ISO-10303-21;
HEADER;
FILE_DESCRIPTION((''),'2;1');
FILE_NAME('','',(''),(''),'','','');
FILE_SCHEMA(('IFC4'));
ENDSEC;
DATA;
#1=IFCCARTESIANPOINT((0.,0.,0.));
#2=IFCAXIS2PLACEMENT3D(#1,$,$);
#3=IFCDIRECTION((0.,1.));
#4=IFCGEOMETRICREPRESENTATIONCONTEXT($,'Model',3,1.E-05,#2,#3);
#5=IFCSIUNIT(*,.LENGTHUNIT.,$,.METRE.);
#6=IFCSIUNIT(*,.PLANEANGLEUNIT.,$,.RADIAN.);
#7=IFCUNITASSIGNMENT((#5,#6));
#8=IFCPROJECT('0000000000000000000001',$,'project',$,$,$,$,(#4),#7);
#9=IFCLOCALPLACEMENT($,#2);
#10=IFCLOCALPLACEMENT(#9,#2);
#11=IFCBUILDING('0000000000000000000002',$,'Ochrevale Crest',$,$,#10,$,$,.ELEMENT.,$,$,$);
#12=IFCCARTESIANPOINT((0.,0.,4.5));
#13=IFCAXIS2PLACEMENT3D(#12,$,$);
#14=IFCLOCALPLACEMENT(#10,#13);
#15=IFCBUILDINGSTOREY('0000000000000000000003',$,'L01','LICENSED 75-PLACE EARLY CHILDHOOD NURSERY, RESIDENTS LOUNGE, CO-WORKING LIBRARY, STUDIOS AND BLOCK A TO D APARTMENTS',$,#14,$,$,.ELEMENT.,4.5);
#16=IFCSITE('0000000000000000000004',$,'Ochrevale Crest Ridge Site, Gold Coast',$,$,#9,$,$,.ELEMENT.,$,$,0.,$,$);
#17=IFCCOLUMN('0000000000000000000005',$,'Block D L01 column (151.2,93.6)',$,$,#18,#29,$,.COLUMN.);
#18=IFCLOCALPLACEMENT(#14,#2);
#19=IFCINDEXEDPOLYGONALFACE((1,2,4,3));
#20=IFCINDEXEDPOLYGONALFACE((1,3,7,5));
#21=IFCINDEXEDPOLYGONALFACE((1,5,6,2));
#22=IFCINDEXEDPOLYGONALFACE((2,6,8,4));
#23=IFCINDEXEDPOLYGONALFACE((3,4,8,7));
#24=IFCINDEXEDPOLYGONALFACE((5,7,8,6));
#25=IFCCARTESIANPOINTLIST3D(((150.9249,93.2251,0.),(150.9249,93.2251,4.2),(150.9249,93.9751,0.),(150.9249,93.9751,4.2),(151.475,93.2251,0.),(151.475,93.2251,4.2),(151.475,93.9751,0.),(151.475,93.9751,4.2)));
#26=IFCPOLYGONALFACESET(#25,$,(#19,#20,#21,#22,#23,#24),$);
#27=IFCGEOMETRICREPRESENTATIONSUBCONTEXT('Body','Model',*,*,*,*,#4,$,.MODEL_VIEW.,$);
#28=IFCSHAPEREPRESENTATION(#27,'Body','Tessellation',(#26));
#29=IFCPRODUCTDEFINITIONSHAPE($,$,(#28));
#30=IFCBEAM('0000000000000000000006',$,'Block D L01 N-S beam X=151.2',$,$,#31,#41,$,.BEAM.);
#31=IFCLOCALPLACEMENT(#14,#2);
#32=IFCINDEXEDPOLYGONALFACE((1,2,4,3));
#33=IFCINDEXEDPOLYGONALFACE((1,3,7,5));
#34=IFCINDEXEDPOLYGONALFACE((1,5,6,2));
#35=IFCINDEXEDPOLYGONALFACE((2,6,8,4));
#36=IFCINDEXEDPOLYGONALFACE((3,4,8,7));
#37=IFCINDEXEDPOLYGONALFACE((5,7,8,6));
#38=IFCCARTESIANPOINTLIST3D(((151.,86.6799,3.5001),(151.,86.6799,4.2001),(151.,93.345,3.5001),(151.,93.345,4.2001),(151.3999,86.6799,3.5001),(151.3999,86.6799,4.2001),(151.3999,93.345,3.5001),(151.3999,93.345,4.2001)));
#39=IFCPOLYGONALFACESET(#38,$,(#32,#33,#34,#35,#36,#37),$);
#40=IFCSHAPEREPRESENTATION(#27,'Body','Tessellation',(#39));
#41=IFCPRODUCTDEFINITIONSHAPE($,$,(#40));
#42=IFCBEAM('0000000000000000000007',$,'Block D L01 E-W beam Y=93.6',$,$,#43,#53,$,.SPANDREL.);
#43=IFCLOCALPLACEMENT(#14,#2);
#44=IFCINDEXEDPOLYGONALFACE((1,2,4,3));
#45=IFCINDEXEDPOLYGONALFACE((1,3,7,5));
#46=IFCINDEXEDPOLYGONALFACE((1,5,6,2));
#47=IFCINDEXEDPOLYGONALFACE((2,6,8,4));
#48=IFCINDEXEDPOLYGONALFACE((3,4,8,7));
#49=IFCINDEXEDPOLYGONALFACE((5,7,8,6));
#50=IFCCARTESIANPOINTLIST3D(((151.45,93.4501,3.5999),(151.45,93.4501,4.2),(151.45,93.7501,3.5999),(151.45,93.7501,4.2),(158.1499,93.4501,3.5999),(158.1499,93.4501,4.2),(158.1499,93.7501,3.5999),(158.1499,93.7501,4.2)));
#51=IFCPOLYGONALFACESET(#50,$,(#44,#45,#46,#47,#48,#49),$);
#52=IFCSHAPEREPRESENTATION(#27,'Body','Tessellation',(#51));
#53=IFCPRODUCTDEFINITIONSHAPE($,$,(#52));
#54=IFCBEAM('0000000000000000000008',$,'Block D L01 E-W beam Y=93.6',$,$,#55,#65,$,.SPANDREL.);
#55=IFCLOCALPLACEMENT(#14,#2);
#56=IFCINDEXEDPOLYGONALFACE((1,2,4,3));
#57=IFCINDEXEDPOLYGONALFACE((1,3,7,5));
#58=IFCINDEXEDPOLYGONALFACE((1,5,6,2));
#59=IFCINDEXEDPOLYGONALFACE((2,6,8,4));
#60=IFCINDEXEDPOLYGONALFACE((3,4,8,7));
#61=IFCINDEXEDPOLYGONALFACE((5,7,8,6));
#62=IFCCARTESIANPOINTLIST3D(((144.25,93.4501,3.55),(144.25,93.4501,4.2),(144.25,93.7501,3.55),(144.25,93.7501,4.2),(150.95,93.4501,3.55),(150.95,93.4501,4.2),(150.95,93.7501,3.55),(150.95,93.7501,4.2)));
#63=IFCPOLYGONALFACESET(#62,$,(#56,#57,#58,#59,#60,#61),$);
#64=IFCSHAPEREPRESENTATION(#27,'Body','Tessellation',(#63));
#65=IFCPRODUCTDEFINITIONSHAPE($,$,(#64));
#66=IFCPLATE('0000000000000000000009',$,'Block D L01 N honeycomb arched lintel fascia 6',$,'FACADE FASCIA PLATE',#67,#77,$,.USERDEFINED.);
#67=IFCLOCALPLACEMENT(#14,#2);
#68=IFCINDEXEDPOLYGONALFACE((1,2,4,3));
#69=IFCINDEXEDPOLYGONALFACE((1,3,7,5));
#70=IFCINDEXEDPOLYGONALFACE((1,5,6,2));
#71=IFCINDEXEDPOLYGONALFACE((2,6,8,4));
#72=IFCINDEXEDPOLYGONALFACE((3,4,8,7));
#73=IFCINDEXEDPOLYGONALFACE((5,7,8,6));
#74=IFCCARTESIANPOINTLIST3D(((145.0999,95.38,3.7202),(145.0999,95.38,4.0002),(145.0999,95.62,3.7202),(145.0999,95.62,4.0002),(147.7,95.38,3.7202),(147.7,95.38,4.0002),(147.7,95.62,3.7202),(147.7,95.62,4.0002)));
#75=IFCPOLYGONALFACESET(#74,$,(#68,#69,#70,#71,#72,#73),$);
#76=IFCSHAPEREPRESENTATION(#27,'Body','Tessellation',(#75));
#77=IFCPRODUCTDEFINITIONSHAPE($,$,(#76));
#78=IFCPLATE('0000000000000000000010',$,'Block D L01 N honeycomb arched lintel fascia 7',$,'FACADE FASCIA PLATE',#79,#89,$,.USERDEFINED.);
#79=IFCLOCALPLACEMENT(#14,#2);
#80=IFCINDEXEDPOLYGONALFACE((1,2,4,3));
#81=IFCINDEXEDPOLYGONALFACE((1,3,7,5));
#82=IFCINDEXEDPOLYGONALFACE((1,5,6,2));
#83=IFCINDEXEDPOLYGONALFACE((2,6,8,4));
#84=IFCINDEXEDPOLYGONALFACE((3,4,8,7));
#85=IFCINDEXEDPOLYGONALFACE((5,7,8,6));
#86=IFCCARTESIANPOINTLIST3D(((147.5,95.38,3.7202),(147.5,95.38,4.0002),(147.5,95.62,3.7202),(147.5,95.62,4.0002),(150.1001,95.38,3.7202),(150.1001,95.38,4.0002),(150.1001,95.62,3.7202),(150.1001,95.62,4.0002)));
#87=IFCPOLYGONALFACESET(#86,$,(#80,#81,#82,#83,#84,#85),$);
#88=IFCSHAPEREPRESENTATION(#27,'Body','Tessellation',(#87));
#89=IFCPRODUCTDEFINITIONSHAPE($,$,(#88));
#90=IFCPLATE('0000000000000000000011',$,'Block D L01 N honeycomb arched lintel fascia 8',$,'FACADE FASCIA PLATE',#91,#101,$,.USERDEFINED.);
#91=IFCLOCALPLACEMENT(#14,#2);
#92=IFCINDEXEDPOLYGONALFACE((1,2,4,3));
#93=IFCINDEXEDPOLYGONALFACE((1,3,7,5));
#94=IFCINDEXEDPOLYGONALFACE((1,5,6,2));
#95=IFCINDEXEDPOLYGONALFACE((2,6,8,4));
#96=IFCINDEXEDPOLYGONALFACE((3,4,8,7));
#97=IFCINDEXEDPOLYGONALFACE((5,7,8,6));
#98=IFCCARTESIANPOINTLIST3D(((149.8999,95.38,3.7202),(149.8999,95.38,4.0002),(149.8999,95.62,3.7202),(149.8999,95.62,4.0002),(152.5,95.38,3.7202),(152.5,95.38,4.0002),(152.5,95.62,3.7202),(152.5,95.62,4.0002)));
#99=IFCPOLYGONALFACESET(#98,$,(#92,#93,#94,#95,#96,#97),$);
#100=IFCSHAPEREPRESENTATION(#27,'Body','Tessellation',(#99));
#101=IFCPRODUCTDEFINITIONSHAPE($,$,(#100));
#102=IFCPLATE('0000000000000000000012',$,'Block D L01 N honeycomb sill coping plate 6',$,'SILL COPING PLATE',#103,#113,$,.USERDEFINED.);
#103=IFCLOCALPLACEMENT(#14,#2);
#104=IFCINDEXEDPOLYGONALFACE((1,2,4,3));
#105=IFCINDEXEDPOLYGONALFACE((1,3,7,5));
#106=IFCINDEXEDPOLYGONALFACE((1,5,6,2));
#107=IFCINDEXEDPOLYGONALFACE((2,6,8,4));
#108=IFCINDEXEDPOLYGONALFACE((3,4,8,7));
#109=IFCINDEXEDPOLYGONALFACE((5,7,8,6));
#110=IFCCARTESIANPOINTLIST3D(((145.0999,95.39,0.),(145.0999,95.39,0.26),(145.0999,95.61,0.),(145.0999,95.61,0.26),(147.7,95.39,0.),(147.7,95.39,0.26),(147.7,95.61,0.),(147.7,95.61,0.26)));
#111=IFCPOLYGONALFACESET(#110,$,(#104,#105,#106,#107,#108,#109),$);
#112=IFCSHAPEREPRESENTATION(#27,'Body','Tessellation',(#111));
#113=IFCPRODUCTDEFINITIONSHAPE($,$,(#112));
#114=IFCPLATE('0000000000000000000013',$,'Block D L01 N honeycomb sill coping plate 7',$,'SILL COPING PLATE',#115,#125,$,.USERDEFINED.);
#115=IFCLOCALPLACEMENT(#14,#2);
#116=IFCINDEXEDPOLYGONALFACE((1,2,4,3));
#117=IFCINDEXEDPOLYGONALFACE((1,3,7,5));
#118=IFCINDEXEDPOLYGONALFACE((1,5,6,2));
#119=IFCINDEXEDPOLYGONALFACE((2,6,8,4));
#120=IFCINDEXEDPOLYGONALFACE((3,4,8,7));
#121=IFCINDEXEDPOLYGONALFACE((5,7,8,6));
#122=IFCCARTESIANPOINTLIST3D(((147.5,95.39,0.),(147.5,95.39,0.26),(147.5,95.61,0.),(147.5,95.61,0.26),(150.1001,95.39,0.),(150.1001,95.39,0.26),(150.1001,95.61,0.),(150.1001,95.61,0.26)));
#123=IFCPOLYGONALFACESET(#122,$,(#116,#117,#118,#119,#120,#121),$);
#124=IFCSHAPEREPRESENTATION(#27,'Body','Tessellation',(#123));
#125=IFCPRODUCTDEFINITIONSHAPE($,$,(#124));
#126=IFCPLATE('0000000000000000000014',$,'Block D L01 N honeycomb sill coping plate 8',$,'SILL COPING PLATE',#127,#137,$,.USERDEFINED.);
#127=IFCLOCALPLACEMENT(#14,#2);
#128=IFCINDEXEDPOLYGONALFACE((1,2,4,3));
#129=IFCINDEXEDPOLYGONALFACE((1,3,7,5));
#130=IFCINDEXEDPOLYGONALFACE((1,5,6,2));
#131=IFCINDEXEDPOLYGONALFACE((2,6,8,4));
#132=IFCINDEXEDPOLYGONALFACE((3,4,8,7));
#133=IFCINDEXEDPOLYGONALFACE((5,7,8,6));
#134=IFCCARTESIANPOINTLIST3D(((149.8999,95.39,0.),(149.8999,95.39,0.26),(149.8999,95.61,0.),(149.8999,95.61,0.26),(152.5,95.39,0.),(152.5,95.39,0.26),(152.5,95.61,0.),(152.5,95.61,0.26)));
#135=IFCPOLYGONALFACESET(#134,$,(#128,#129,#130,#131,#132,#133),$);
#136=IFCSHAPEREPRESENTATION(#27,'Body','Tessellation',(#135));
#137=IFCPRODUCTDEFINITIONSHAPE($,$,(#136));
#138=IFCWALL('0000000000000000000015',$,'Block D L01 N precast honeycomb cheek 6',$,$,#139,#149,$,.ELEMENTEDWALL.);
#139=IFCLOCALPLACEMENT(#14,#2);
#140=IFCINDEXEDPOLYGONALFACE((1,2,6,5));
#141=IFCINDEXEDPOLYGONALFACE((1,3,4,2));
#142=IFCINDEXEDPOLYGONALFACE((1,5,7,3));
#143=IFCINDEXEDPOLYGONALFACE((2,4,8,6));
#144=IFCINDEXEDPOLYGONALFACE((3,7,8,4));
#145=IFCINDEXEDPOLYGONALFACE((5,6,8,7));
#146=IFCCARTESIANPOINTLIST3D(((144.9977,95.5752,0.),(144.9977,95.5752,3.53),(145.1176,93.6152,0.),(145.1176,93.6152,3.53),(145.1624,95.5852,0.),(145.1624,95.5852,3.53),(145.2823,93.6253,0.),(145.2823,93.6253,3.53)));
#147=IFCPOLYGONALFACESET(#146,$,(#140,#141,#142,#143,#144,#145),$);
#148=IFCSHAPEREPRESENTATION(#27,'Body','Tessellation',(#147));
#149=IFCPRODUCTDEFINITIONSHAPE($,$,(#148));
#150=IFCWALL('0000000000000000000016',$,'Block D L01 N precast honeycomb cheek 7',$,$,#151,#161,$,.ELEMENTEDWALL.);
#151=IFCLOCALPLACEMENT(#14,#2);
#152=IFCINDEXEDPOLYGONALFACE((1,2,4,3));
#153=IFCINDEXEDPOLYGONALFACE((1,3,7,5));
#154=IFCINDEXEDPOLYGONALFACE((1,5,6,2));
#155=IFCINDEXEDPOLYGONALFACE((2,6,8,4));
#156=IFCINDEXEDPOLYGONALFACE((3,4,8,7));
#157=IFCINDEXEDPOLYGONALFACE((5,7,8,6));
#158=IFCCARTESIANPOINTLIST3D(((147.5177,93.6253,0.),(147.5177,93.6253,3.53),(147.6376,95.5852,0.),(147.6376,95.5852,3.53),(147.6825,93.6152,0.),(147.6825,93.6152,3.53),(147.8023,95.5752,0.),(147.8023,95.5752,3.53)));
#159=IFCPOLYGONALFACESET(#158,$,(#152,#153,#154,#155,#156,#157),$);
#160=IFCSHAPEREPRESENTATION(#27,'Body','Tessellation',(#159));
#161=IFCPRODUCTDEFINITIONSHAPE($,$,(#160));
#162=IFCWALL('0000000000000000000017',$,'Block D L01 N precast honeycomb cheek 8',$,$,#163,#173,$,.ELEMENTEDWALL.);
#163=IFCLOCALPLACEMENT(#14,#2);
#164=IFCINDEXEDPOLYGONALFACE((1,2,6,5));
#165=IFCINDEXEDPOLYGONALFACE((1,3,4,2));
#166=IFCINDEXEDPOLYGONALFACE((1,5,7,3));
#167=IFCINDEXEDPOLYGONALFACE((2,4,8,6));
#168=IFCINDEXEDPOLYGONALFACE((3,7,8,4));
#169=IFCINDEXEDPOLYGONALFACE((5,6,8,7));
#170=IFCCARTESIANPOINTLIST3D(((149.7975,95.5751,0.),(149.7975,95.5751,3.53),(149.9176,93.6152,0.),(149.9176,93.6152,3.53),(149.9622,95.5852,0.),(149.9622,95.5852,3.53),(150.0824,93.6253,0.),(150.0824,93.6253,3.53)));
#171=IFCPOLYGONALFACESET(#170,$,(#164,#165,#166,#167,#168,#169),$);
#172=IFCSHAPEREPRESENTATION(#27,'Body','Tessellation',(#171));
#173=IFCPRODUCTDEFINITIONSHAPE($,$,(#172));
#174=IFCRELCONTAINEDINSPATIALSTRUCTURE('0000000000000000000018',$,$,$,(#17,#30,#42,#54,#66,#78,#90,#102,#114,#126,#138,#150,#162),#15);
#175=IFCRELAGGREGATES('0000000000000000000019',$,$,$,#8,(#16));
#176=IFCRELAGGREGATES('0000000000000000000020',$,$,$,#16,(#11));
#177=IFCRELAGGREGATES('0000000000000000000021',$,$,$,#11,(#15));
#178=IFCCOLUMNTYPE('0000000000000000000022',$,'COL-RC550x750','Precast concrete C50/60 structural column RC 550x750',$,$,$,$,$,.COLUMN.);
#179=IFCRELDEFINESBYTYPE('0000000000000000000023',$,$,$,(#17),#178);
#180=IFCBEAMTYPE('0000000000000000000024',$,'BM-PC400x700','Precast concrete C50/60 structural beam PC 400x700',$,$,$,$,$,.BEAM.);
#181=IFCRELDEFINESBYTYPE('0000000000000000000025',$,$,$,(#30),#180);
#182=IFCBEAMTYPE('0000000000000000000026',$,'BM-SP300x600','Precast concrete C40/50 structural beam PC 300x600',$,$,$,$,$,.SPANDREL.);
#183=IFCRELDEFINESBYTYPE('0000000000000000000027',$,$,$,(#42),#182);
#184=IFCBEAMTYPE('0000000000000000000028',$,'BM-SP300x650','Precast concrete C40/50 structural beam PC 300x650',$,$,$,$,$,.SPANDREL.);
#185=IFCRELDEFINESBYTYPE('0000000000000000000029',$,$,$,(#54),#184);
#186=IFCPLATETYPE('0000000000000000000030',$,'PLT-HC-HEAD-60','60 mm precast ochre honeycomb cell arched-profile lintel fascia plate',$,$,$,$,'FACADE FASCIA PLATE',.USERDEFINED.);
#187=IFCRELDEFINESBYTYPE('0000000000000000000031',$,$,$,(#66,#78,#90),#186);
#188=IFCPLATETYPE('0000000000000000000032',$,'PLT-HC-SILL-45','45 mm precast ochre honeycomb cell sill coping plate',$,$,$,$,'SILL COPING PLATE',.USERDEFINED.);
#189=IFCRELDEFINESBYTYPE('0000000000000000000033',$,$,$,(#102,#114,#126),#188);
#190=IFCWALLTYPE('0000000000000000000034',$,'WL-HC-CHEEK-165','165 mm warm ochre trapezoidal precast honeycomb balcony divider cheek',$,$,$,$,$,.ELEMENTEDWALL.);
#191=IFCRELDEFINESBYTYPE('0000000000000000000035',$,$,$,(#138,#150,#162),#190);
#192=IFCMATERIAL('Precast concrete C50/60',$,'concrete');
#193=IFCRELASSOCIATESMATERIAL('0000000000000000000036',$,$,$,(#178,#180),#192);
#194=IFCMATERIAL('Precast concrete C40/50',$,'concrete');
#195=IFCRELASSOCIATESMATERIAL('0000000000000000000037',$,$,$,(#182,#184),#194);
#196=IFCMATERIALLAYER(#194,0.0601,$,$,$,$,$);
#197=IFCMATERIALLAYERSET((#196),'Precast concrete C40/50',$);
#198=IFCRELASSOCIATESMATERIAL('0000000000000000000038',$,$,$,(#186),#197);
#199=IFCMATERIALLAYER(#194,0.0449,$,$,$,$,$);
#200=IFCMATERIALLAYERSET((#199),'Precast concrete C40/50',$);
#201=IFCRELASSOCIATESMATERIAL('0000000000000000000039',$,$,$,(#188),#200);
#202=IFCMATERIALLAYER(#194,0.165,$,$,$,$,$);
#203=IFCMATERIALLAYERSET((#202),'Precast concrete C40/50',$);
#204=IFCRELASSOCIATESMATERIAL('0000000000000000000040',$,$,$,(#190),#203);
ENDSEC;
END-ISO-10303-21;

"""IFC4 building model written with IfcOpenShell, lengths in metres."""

from ifc_helpers import new_model, si_unit, direction, frame, frame_2d, origin, origin_2d, place, context, subcontext, project, spatial, rectangle, extrude, material, layer, layer_set, material_profile, profile_set, type_object, element, save


model = new_model("IFC4")

# Units and contexts
model_context = context("Model", 3, precision=1e-05, world=origin(), true_north=direction((0.0, 1.0)))
body_context = subcontext(model_context, "Body", "Model", "MODEL_VIEW")
ifc_project = project(units=[si_unit("LENGTHUNIT", "METRE"), si_unit("PLANEANGLEUNIT", "RADIAN")], contexts=[model_context])

# Site, building, storey
site_placement = place(None, origin())
site = spatial("IfcSite", under=ifc_project, at=site_placement, Name="Ochrevale Crest Ridge Site, Gold Coast", CompositionType="ELEMENT", RefElevation=0.0)
building_placement = place(site_placement, origin())
building = spatial("IfcBuilding", under=site, at=building_placement, Name="Ochrevale Crest", CompositionType="ELEMENT")
storey_placement = place(building_placement, frame((0.0, 0.0, 4.5)))
storey = spatial("IfcBuildingStorey", under=building, at=storey_placement, Name="L01", Description="LICENSED 75-PLACE EARLY CHILDHOOD NURSERY, RESIDENTS LOUNGE, CO-WORKING LIBRARY, STUDIOS AND BLOCK A TO D APARTMENTS", CompositionType="ELEMENT", Elevation=4.5)

# Column
ifc_material_1 = material(Name="Precast concrete C50/60", Category="concrete")
ifc_material_profile_1 = material_profile(ifc_material_1, rectangle(XDim=0.55, YDim=0.75, at=origin_2d()), Name="RC 550x750")
ifc_profile_set_1 = profile_set([ifc_material_profile_1], Name="Precast concrete C50/60")
column_type = type_object("IfcColumnType", Name="COL-RC550x750", Description="Precast concrete C50/60 structural column RC 550x750", PredefinedType="COLUMN", material=ifc_profile_set_1)
column_placement = place(storey_placement, frame((151.2, 93.6001, 0.0), z_axis=(0.0, 0.0, 1.0), x_axis=(1.0, 0.0, 0.0)))
element("IfcColumn", 1, at=column_placement, inside=storey, type_object=column_type, Name="Block D L01 column (151.2,93.6)", PredefinedType="COLUMN", context=body_context, shape_type="SweptSolid", body=[
    extrude(rectangle(XDim=0.55, YDim=0.75, at=origin_2d()), origin(), (0.0, 0.0, 1.0), 4.2),
])

# Beams
ifc_material_profile_2 = material_profile(ifc_material_1, rectangle(XDim=0.3999, YDim=0.7, at=origin_2d()), Name="PC 400x700")
ifc_profile_set_2 = profile_set([ifc_material_profile_2], Name="Precast concrete C50/60")
beam_type_1 = type_object("IfcBeamType", Name="BM-PC400x700", Description="Precast concrete C50/60 structural beam PC 400x700", PredefinedType="BEAM", material=ifc_profile_set_2)
beam_1_placement = place(storey_placement, frame((151.2, 86.6799, 3.8501), z_axis=(0.0, 1.0, 0.0), x_axis=(-1.0, 0.0, 0.0)))
element("IfcBeam", 2, at=beam_1_placement, inside=storey, type_object=beam_type_1, Name="Block D L01 N-S beam X=151.2", PredefinedType="BEAM", context=body_context, shape_type="SweptSolid", body=[
    extrude(rectangle(XDim=0.3999, YDim=0.7, at=origin_2d()), origin(), (0.0, 0.0, 1.0), 6.665),
])
ifc_material_2 = material(Name="Precast concrete C40/50", Category="concrete")
ifc_material_profile_3 = material_profile(ifc_material_2, rectangle(XDim=0.3, YDim=0.6001, at=origin_2d()), Name="PC 300x600")
ifc_profile_set_3 = profile_set([ifc_material_profile_3], Name="Precast concrete C40/50")
beam_type_2 = type_object("IfcBeamType", Name="BM-SP300x600", Description="Precast concrete C40/50 structural beam PC 300x600", PredefinedType="SPANDREL", material=ifc_profile_set_3)
beam_2_placement = place(storey_placement, frame((151.45, 93.6001, 3.8999), z_axis=(1.0, 0.0, 0.0), x_axis=(0.0, 1.0, 0.0)))
element("IfcBeam", 3, at=beam_2_placement, inside=storey, type_object=beam_type_2, Name="Block D L01 E-W beam Y=93.6", PredefinedType="SPANDREL", context=body_context, shape_type="SweptSolid", body=[
    extrude(rectangle(XDim=0.3, YDim=0.6001, at=origin_2d()), origin(), (0.0, 0.0, 1.0), 6.7),
])
ifc_material_profile_4 = material_profile(ifc_material_2, rectangle(XDim=0.3, YDim=0.6499, at=origin_2d()), Name="PC 300x650")
ifc_profile_set_4 = profile_set([ifc_material_profile_4], Name="Precast concrete C40/50")
beam_type_3 = type_object("IfcBeamType", Name="BM-SP300x650", Description="Precast concrete C40/50 structural beam PC 300x650", PredefinedType="SPANDREL", material=ifc_profile_set_4)
beam_3_placement = place(storey_placement, frame((144.25, 93.6001, 3.875), z_axis=(1.0, 0.0, 0.0), x_axis=(0.0, 1.0, 0.0)))
element("IfcBeam", 4, at=beam_3_placement, inside=storey, type_object=beam_type_3, Name="Block D L01 E-W beam Y=93.6", PredefinedType="SPANDREL", context=body_context, shape_type="SweptSolid", body=[
    extrude(rectangle(XDim=0.3, YDim=0.6499, at=origin_2d()), origin(), (0.0, 0.0, 1.0), 6.7),
])

# Plates
ifc_layer_1 = layer(ifc_material_2, 0.0601)
ifc_layer_set_1 = layer_set([ifc_layer_1], Name="Precast concrete C40/50")
plate_type_1 = type_object("IfcPlateType", Name="PLT-HC-HEAD-60", Description="60 mm precast ochre honeycomb cell arched-profile lintel fascia plate", ElementType="FACADE FASCIA PLATE", PredefinedType="USERDEFINED", material=ifc_layer_set_1)
for number, where, z_axis, x_axis, name in (
    (5, (146.3999, 95.5, 3.7202), (0.0, 0.0, 1.0), (1.0, 0.0, 0.0), "Block D L01 N honeycomb arched lintel fascia 6"),
    (6, (148.8, 95.5, 3.7202), (0.0, 0.0, 1.0), (1.0, 0.0, 0.0), "Block D L01 N honeycomb arched lintel fascia 7"),
    (7, (151.2, 95.5, 3.7202), (0.0, 0.0, 1.0), (1.0, 0.0, 0.0), "Block D L01 N honeycomb arched lintel fascia 8"),
):
    element("IfcPlate", number, at=place(storey_placement, frame(where, z_axis=z_axis, x_axis=x_axis)), inside=storey, type_object=plate_type_1, Name=name, ObjectType="FACADE FASCIA PLATE", PredefinedType="USERDEFINED", context=body_context, shape_type="SweptSolid", body=[
        extrude(rectangle(XDim=2.6001, YDim=0.24, at=origin_2d()), origin(), (0.0, 0.0, 1.0), 0.28),
    ])
ifc_layer_2 = layer(ifc_material_2, 0.0449)
ifc_layer_set_2 = layer_set([ifc_layer_2], Name="Precast concrete C40/50")
plate_type_2 = type_object("IfcPlateType", Name="PLT-HC-SILL-45", Description="45 mm precast ochre honeycomb cell sill coping plate", ElementType="SILL COPING PLATE", PredefinedType="USERDEFINED", material=ifc_layer_set_2)
for number, where, z_axis, x_axis, name in (
    (8, (146.3999, 95.5, 0.0), (0.0, 0.0, 1.0), (1.0, 0.0, 0.0), "Block D L01 N honeycomb sill coping plate 6"),
    (9, (148.8, 95.5, 0.0), (0.0, 0.0, 1.0), (1.0, 0.0, 0.0), "Block D L01 N honeycomb sill coping plate 7"),
    (10, (151.2, 95.5, 0.0), (0.0, 0.0, 1.0), (1.0, 0.0, 0.0), "Block D L01 N honeycomb sill coping plate 8"),
):
    element("IfcPlate", number, at=place(storey_placement, frame(where, z_axis=z_axis, x_axis=x_axis)), inside=storey, type_object=plate_type_2, Name=name, ObjectType="SILL COPING PLATE", PredefinedType="USERDEFINED", context=body_context, shape_type="SweptSolid", body=[
        extrude(rectangle(XDim=2.6001, YDim=0.22, at=origin_2d()), origin(), (0.0, 0.0, 1.0), 0.26),
    ])

# Walls
ifc_layer_3 = layer(ifc_material_2, 0.165)
ifc_layer_set_3 = layer_set([ifc_layer_3], Name="Precast concrete C40/50")
wall_type_1 = type_object("IfcWallType", Name="WL-HC-CHEEK-165", Description="165 mm warm ochre trapezoidal precast honeycomb balcony divider cheek", PredefinedType="ELEMENTEDWALL", material=ifc_layer_set_3)
for number, where, z_axis, x_axis, name in (
    (11, (145.2, 93.6201, 0.0), (0.0, 0.0, 1.0), (-0.061047, 0.998135, 0.0), "Block D L01 N precast honeycomb cheek 6"),
    (12, (147.6001, 93.6201, 0.0), (0.0, 0.0, 1.0), (0.061047, 0.998135, 0.0), "Block D L01 N precast honeycomb cheek 7"),
    (13, (150.0, 93.6201, 0.0), (0.0, 0.0, 1.0), (-0.061171, 0.998127, 0.0), "Block D L01 N precast honeycomb cheek 8"),
):
    element("IfcWall", number, at=place(storey_placement, frame(where, z_axis=z_axis, x_axis=x_axis)), inside=storey, type_object=wall_type_1, Name=name, PredefinedType="ELEMENTEDWALL", context=body_context, shape_type="SweptSolid", body=[
        extrude(rectangle(XDim=1.9636, YDim=0.165, at=frame_2d((0.9819, 0.0))), origin(), (0.0, 0.0, 1.0), 3.53),
    ])

save(model, "model.ifc")
